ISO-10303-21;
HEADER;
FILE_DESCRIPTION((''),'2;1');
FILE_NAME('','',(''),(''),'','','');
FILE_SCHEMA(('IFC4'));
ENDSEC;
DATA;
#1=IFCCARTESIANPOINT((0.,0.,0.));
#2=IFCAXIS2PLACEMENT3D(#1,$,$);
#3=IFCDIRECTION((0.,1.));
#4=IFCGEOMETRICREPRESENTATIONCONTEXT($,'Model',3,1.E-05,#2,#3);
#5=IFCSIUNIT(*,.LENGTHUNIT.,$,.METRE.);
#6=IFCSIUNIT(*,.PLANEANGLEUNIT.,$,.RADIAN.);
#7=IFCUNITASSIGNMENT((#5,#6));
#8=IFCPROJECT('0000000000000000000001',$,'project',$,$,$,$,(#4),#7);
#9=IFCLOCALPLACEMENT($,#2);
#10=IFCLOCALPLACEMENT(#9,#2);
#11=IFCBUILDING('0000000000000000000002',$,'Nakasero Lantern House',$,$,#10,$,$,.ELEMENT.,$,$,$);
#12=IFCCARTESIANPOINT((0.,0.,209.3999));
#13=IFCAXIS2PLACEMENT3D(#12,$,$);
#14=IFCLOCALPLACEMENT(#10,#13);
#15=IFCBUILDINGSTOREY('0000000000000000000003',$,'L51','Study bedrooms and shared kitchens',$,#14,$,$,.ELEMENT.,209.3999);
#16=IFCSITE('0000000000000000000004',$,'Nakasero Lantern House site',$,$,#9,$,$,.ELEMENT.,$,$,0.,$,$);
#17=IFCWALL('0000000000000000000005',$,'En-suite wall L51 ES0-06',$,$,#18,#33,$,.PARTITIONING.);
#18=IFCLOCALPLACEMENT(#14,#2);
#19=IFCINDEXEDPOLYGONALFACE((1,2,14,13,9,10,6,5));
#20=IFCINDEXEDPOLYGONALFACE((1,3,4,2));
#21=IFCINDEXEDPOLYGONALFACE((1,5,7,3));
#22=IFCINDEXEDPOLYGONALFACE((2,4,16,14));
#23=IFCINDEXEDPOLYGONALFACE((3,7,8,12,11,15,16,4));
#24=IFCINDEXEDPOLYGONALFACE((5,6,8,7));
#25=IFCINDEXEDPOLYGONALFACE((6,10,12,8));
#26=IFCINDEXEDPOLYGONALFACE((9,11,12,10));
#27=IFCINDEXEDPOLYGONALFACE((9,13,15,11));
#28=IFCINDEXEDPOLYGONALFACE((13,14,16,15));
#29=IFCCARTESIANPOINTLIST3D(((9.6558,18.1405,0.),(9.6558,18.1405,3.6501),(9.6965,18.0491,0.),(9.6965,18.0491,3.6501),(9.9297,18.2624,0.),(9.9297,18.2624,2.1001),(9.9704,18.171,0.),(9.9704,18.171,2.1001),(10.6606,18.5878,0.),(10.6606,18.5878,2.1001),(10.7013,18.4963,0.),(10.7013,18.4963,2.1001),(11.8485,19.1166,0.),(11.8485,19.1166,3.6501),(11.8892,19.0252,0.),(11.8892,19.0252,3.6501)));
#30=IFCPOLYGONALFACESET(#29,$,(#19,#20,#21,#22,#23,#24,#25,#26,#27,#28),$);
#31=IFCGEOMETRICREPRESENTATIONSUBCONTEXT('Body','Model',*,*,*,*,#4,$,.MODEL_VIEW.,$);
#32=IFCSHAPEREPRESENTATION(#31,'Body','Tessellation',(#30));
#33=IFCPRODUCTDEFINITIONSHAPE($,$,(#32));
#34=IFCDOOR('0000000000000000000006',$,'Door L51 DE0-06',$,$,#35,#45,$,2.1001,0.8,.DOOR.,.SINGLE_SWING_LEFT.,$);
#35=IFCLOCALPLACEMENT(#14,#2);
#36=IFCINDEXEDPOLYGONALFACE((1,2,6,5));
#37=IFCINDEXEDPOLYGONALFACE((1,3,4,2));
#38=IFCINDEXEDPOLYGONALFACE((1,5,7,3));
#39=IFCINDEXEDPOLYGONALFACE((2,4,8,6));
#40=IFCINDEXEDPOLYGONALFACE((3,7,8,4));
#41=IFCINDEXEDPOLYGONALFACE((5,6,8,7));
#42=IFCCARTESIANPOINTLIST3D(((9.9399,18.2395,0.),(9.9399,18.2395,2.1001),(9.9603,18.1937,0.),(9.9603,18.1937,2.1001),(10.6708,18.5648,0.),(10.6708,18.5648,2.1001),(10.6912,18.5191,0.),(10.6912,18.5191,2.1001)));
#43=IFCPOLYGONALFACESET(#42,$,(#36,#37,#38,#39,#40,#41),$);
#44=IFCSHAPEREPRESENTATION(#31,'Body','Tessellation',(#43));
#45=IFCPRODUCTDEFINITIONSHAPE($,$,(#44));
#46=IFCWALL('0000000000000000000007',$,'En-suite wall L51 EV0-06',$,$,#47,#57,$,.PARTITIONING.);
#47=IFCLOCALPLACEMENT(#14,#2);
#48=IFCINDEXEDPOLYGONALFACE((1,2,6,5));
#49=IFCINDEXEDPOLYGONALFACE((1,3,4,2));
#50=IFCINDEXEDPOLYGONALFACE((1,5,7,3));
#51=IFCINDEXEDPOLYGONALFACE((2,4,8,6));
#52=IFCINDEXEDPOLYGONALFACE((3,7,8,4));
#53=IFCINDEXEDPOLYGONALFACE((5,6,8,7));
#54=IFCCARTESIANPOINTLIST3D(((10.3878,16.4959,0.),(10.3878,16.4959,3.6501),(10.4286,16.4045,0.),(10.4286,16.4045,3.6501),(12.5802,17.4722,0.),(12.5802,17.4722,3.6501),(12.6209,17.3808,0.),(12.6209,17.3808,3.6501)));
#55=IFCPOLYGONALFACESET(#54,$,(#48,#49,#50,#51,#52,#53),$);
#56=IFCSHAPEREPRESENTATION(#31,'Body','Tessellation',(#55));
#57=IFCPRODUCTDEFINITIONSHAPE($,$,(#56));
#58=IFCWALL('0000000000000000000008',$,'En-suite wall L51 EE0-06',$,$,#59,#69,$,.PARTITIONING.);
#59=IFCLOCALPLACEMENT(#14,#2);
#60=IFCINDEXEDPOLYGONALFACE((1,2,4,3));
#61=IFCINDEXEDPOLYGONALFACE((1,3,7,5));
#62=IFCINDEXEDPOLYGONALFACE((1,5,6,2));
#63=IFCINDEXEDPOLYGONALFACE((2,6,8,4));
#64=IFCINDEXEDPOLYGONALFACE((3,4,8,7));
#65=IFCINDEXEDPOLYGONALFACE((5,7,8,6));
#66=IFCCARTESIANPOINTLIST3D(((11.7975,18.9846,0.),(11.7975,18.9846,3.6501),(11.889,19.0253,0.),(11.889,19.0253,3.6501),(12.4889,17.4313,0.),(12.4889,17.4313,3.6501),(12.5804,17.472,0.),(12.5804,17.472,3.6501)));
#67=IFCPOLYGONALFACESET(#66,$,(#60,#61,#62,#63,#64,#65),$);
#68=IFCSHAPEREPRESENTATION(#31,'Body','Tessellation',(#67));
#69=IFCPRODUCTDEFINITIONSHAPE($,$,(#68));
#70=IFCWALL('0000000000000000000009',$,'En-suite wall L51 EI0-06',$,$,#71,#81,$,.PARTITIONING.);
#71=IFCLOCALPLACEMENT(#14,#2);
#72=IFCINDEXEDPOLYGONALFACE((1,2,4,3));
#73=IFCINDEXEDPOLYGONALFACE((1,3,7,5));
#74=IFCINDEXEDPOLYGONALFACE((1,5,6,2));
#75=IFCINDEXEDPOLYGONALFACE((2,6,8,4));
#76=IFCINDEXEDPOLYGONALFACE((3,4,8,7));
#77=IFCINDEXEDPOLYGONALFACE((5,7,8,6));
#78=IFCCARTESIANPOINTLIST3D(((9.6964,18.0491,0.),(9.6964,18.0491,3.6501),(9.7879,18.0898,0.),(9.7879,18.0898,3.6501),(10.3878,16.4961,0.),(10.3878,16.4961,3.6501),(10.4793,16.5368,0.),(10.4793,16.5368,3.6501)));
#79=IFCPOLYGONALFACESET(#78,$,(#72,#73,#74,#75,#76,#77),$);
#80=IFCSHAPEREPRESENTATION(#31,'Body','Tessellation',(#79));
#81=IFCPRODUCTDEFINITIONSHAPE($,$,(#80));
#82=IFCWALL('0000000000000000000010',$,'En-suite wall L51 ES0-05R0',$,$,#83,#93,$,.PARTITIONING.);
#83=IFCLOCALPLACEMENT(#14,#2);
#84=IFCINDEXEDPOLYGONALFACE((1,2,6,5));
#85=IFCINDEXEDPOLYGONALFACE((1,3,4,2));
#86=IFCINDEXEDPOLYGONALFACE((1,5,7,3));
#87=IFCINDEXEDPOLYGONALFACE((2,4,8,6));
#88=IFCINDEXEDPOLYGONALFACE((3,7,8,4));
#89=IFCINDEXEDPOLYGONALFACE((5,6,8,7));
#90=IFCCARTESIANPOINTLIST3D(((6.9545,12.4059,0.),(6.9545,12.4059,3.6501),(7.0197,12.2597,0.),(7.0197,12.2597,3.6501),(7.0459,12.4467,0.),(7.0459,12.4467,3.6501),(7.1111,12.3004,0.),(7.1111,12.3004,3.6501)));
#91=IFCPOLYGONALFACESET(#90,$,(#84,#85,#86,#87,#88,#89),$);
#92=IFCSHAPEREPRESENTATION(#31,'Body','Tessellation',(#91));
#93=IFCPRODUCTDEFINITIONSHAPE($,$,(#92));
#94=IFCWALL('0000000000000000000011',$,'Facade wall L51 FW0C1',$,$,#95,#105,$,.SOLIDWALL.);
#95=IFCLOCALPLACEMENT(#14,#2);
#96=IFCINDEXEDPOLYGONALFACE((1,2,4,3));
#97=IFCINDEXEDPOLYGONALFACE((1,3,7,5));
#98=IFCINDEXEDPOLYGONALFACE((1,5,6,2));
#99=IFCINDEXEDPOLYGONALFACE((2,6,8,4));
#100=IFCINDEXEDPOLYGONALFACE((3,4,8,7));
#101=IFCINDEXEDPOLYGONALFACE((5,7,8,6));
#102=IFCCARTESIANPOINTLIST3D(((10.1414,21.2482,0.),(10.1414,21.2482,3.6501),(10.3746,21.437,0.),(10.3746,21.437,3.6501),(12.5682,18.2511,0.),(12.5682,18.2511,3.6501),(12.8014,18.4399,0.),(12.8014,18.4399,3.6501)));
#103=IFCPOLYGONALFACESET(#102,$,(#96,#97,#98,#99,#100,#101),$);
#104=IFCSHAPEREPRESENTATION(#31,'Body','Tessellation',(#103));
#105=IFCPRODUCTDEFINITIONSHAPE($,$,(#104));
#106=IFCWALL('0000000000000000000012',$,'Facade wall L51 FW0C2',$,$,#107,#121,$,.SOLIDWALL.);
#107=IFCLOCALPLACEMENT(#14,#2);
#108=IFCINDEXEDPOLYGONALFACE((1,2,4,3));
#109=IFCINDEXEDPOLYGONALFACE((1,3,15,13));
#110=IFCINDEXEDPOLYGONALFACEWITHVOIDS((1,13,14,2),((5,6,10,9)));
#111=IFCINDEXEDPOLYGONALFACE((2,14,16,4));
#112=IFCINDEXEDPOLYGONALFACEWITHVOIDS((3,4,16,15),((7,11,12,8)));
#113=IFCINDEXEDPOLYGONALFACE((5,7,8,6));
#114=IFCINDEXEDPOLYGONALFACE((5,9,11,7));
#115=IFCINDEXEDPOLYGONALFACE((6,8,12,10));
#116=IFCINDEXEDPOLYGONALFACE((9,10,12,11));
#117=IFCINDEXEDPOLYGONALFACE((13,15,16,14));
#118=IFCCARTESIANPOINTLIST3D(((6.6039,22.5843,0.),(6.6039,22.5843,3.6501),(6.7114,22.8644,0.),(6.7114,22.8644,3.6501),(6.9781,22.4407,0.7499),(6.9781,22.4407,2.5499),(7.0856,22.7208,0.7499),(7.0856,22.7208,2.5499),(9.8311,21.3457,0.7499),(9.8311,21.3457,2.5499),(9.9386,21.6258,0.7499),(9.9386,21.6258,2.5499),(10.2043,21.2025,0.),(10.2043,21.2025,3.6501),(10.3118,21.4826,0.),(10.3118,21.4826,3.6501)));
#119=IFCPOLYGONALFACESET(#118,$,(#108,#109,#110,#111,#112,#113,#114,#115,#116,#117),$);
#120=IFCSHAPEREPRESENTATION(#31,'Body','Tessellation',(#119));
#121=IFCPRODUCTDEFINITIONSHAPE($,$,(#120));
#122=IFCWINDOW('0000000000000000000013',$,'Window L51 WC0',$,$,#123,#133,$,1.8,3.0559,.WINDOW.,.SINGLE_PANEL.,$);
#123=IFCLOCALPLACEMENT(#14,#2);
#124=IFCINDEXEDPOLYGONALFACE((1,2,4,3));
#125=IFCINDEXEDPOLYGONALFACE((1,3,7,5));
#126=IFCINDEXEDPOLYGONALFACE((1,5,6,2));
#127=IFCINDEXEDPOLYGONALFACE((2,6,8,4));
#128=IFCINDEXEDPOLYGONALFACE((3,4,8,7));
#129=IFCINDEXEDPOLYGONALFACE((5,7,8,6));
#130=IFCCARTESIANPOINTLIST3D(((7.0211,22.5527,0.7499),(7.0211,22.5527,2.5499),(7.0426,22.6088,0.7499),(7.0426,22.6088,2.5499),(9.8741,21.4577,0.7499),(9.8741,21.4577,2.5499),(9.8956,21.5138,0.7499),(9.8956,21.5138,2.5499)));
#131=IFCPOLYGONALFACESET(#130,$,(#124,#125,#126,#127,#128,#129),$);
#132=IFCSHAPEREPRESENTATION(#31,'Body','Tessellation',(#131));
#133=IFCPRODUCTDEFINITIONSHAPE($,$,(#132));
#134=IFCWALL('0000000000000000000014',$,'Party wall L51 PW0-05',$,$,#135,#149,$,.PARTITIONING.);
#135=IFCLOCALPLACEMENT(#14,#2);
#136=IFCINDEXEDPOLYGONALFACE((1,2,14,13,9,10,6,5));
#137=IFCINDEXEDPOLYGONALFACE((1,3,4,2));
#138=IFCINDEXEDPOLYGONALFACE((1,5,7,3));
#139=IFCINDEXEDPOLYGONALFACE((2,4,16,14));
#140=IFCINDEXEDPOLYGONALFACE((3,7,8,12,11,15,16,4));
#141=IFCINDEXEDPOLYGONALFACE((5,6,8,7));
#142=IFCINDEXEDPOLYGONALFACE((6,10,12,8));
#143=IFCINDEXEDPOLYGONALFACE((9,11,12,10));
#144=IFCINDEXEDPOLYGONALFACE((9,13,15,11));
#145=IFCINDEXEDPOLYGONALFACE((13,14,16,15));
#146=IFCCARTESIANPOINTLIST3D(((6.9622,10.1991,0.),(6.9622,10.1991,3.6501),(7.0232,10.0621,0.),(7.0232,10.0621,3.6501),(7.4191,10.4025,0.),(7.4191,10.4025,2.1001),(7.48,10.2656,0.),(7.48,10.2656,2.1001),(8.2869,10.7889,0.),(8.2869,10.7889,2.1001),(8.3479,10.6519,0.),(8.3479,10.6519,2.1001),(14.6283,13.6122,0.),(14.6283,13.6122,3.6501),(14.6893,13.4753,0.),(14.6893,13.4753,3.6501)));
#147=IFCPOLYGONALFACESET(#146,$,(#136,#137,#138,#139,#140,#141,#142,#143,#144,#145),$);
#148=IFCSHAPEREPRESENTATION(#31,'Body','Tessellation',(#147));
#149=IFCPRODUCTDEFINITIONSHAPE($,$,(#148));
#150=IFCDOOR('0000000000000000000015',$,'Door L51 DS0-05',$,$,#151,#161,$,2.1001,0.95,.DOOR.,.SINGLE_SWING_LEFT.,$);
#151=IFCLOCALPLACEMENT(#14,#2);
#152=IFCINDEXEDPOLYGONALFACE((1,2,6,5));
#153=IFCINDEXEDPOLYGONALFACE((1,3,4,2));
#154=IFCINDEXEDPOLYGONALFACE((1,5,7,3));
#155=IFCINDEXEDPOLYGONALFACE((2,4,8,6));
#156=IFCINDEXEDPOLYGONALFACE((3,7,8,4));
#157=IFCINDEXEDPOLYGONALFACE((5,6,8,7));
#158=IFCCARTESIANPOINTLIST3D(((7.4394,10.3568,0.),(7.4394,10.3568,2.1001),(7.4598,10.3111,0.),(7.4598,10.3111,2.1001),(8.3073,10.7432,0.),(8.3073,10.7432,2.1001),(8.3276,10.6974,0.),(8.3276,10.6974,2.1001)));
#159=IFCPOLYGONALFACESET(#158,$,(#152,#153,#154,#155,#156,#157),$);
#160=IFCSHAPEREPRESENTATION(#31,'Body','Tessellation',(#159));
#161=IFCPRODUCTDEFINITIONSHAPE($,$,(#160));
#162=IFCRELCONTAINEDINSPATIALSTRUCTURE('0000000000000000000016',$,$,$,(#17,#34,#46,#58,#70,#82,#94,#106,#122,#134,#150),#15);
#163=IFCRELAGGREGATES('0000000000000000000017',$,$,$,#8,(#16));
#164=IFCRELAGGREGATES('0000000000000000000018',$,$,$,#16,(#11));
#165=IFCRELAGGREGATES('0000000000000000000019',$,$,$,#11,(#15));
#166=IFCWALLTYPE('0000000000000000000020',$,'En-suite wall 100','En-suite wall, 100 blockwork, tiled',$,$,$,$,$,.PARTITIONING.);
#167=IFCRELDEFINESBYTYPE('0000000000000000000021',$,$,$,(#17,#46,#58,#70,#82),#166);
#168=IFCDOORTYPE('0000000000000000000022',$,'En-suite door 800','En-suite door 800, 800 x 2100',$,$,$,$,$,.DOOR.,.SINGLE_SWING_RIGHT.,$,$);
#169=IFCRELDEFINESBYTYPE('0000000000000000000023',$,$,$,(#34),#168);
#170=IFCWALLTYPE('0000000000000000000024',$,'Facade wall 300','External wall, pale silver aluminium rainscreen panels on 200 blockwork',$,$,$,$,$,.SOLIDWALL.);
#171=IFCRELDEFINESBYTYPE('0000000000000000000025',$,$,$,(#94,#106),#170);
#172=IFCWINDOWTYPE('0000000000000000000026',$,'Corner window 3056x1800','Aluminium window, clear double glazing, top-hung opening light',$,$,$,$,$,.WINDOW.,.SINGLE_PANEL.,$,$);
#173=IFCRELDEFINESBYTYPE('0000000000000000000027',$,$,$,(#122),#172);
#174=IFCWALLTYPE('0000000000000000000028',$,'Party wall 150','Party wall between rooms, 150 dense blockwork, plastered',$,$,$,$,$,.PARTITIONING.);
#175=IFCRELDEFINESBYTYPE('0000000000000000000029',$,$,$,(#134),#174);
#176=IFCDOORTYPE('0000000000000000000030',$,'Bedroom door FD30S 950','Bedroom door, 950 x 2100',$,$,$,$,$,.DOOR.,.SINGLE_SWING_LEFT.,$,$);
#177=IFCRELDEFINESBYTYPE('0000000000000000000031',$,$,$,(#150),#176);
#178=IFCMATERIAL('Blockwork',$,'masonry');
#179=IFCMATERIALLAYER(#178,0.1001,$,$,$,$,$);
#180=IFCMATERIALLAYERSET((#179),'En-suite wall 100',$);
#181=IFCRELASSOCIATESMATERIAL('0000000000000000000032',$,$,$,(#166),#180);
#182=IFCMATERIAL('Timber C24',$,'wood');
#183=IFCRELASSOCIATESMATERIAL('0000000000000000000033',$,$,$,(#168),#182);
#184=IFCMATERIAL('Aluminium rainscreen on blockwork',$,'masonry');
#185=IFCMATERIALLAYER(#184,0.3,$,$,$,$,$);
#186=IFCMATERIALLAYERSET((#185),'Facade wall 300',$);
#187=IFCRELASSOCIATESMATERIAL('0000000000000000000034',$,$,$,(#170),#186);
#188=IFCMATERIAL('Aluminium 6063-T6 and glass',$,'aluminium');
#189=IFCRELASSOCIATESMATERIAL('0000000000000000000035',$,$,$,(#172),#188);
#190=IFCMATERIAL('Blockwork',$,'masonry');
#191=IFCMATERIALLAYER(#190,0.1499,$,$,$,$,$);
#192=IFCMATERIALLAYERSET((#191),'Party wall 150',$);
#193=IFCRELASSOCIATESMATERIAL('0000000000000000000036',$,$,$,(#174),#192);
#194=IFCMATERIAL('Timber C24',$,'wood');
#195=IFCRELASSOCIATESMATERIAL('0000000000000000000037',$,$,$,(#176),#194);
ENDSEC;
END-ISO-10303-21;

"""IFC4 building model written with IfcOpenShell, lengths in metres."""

from ifc_helpers import new_model, si_unit, direction, frame, frame_2d, origin, place, context, subcontext, project, spatial, rectangle, extrude, material, layer, layer_set, type_object, element, fill, save


model = new_model("IFC4")

# Units and contexts
model_context = context("Model", 3, precision=1e-05, world=origin(), true_north=direction((0.0, 1.0)))
body_context = subcontext(model_context, "Body", "Model", "MODEL_VIEW")
ifc_project = project(units=[si_unit("LENGTHUNIT", "METRE"), si_unit("PLANEANGLEUNIT", "RADIAN")], contexts=[model_context])

# Site, building, storey
site_placement = place(None, origin())
site = spatial("IfcSite", under=ifc_project, at=site_placement, Name="Nakasero Lantern House site", CompositionType="ELEMENT", RefElevation=0.0)
building_placement = place(site_placement, origin())
building = spatial("IfcBuilding", under=site, at=building_placement, Name="Nakasero Lantern House", CompositionType="ELEMENT")
storey_placement = place(building_placement, frame((0.0, 0.0, 209.3999)))
storey = spatial("IfcBuildingStorey", under=building, at=storey_placement, Name="L51", Description="Study bedrooms and shared kitchens", CompositionType="ELEMENT", Elevation=209.3999)

# Shared definitions
ifc_material_1 = material(Name="Blockwork", Category="masonry")
ifc_layer_1 = layer(ifc_material_1, 0.1001)
ifc_layer_set_1 = layer_set([ifc_layer_1], Name="En-suite wall 100")
wall_type_1 = type_object("IfcWallType", Name="En-suite wall 100", Description="En-suite wall, 100 blockwork, tiled", PredefinedType="PARTITIONING", material=ifc_layer_set_1)
ifc_material_2 = material(Name="Timber C24", Category="wood")
door_type_1 = type_object("IfcDoorType", Name="En-suite door 800", Description="En-suite door 800, 800 x 2100", OperationType="SINGLE_SWING_RIGHT", PredefinedType="DOOR", material=ifc_material_2)

# Wall, opening, door
wall_1_placement = place(storey_placement, frame((9.676, 18.0947, 0.0), z_axis=(0.0, 0.0, 1.0), x_axis=(0.913568, 0.406686, 0.0)))
wall_1 = element("IfcWall", 1, at=wall_1_placement, inside=storey, type_object=wall_type_1, Name="En-suite wall L51 ES0-06", PredefinedType="PARTITIONING", context=body_context, shape_type="SweptSolid", body=[
    extrude(rectangle(XDim=2.4001, YDim=0.1001, at=frame_2d((1.2002, 0.0))), origin(), (0.0, 0.0, 1.0), 3.6501),
])
opening_1_placement = place(wall_1_placement, frame((0.3, 0.0, 0.0)))
opening_1 = element("IfcOpeningElement", 2, at=opening_1_placement, cuts=wall_1, PredefinedType="OPENING", context=body_context, shape_type="SweptSolid", body=[
    extrude(rectangle(XDim=0.8, YDim=2.1001, at=frame_2d((0.3999, 1.05))), frame((0.0, 0.0701, 0.0), z_axis=(0.0, -1.0, 0.0), x_axis=(1.0, 0.0, 0.0)), (0.0, 0.0, 1.0), 0.1401),
])
door_1_placement = place(opening_1_placement, origin())
door_1 = element("IfcDoor", 3, at=door_1_placement, inside=storey, type_object=door_type_1, Name="Door L51 DE0-06", OperationType="SINGLE_SWING_LEFT", OverallHeight=2.1001, OverallWidth=0.8, PredefinedType="DOOR", context=body_context, shape_type="SweptSolid", body=[
    extrude(rectangle(XDim=0.8, YDim=2.1001, at=frame_2d((0.3999, 1.05))), frame((0.0, 0.0249, 0.0), z_axis=(0.0, -1.0, 0.0), x_axis=(1.0, 0.0, 0.0)), (0.0, 0.0, 1.0), 0.05),
])
fill(opening_1, door_1)

# Walls
wall_2_placement = place(storey_placement, frame((10.4082, 16.4502, 0.0), z_axis=(0.0, 0.0, 1.0), x_axis=(0.913513, 0.406809, 0.0)))
element("IfcWall", 4, at=wall_2_placement, inside=storey, type_object=wall_type_1, Name="En-suite wall L51 EV0-06", PredefinedType="PARTITIONING", context=body_context, shape_type="SweptSolid", body=[
    extrude(rectangle(XDim=2.3999, YDim=0.1001, at=frame_2d((1.2, 0.0))), origin(), (0.0, 0.0, 1.0), 3.6501),
])
wall_3_placement = place(storey_placement, frame((12.5347, 17.4517, 0.0), z_axis=(0.0, 0.0, 1.0), x_axis=(-0.406671, 0.913575, 0.0)))
element("IfcWall", 5, at=wall_3_placement, inside=storey, type_object=wall_type_1, Name="En-suite wall L51 EE0-06", PredefinedType="PARTITIONING", context=body_context, shape_type="SweptSolid", body=[
    extrude(rectangle(XDim=1.7002, YDim=0.1001, at=frame_2d((0.8501, 0.0))), origin(), (0.0, 0.0, 1.0), 3.6501),
])
wall_4_placement = place(storey_placement, frame((10.4336, 16.5164, 0.0), z_axis=(0.0, 0.0, 1.0), x_axis=(-0.406725, 0.913551, 0.0)))
element("IfcWall", 6, at=wall_4_placement, inside=storey, type_object=wall_type_1, Name="En-suite wall L51 EI0-06", PredefinedType="PARTITIONING", context=body_context, shape_type="SweptSolid", body=[
    extrude(rectangle(XDim=1.7, YDim=0.1001, at=frame_2d((0.8501, 0.0))), origin(), (0.0, 0.0, 1.0), 3.6501),
])
wall_5_placement = place(storey_placement, frame((7.0654, 12.28, 0.0), z_axis=(0.0, 0.0, 1.0), x_axis=(-0.407129, 0.913371, 0.0)))
element("IfcWall", 7, at=wall_5_placement, inside=storey, type_object=wall_type_1, Name="En-suite wall L51 ES0-05R0", PredefinedType="PARTITIONING", context=body_context, shape_type="SweptSolid", body=[
    extrude(rectangle(XDim=0.1602, YDim=0.1001, at=frame_2d((0.0801, 0.0))), origin(), (0.0, 0.0, 1.0), 3.6501),
])
ifc_material_3 = material(Name="Aluminium rainscreen on blockwork", Category="masonry")
ifc_layer_2 = layer(ifc_material_3, 0.3)
ifc_layer_set_2 = layer_set([ifc_layer_2], Name="Facade wall 300")
wall_type_2 = type_object("IfcWallType", Name="Facade wall 300", Description="External wall, pale silver aluminium rainscreen panels on 200 blockwork", PredefinedType="SOLIDWALL", material=ifc_layer_set_2)
wall_6_placement = place(storey_placement, frame((12.6848, 18.3455, 0.0), z_axis=(0.0, 0.0, 1.0), x_axis=(-0.629286, 0.777174, 0.0)))
element("IfcWall", 8, at=wall_6_placement, inside=storey, type_object=wall_type_2, Name="Facade wall L51 FW0C1", PredefinedType="SOLIDWALL", context=body_context, shape_type="SweptSolid", body=[
    extrude(rectangle(XDim=3.8564, YDim=0.3, at=frame_2d((1.9282, 0.0))), origin(), (0.0, 0.0, 1.0), 3.6501),
])

# Wall, opening, window
wall_7_placement = place(storey_placement, frame((10.2581, 21.3425, 0.0), z_axis=(0.0, 0.0, 1.0), x_axis=(-0.933598, 0.358321, 0.0)))
wall_7 = element("IfcWall", 9, at=wall_7_placement, inside=storey, type_object=wall_type_2, Name="Facade wall L51 FW0C2", PredefinedType="SOLIDWALL", context=body_context, shape_type="SweptSolid", body=[
    extrude(rectangle(XDim=3.8564, YDim=0.3, at=frame_2d((1.9282, 0.0))), origin(), (0.0, 0.0, 1.0), 3.6501),
])
opening_2_placement = place(wall_7_placement, frame((0.3999, 0.0, 0.75)))
opening_2 = element("IfcOpeningElement", 10, at=opening_2_placement, cuts=wall_7, PredefinedType="OPENING", context=body_context, shape_type="SweptSolid", body=[
    extrude(rectangle(XDim=3.0559, YDim=1.8, at=frame_2d((1.5278, 0.8999))), frame((0.0, 0.1699, 0.0), z_axis=(0.0, -1.0, 0.0), x_axis=(1.0, 0.0, 0.0)), (0.0, 0.0, 1.0), 0.3401),
])
ifc_material_4 = material(Name="Aluminium 6063-T6 and glass", Category="aluminium")
window_type = type_object("IfcWindowType", Name="Corner window 3056x1800", Description="Aluminium window, clear double glazing, top-hung opening light", PartitioningType="SINGLE_PANEL", PredefinedType="WINDOW", material=ifc_material_4)
window_placement = place(opening_2_placement, origin())
window = element("IfcWindow", 11, at=window_placement, inside=storey, type_object=window_type, Name="Window L51 WC0", OverallHeight=1.8, OverallWidth=3.0559, PartitioningType="SINGLE_PANEL", PredefinedType="WINDOW", context=body_context, shape_type="SweptSolid", body=[
    extrude(rectangle(XDim=3.0559, YDim=1.8, at=frame_2d((1.5278, 0.8999))), frame((0.0, 0.03, 0.0), z_axis=(0.0, -1.0, 0.0), x_axis=(1.0, 0.0, 0.0)), (0.0, 0.0, 1.0), 0.0601),
])
fill(opening_2, window)

# Wall, opening, door
ifc_material_5 = material(Name="Blockwork", Category="masonry")
ifc_layer_3 = layer(ifc_material_5, 0.1499)
ifc_layer_set_3 = layer_set([ifc_layer_3], Name="Party wall 150")
wall_type_3 = type_object("IfcWallType", Name="Party wall 150", Description="Party wall between rooms, 150 dense blockwork, plastered", PredefinedType="PARTITIONING", material=ifc_layer_set_3)
wall_8_placement = place(storey_placement, frame((6.9927, 10.1306, 0.0), z_axis=(0.0, 0.0, 1.0), x_axis=(0.913547, 0.406732, 0.0)))
wall_8 = element("IfcWall", 12, at=wall_8_placement, inside=storey, type_object=wall_type_3, Name="Party wall L51 PW0-05", PredefinedType="PARTITIONING", context=body_context, shape_type="SweptSolid", body=[
    extrude(rectangle(XDim=8.3916, YDim=0.1499, at=frame_2d((4.1958, 0.0))), origin(), (0.0, 0.0, 1.0), 3.6501),
])
opening_3_placement = place(wall_8_placement, frame((0.5, 0.0, 0.0)))
opening_3 = element("IfcOpeningElement", 13, at=opening_3_placement, cuts=wall_8, PredefinedType="OPENING", context=body_context, shape_type="SweptSolid", body=[
    extrude(rectangle(XDim=0.95, YDim=2.1001, at=frame_2d((0.4751, 1.05))), frame((0.0, 0.095, 0.0), z_axis=(0.0, -1.0, 0.0), x_axis=(1.0, 0.0, 0.0)), (0.0, 0.0, 1.0), 0.1899),
])
ifc_material_6 = material(Name="Timber C24", Category="wood")
door_type_2 = type_object("IfcDoorType", Name="Bedroom door FD30S 950", Description="Bedroom door, 950 x 2100", OperationType="SINGLE_SWING_LEFT", PredefinedType="DOOR", material=ifc_material_6)
door_2_placement = place(opening_3_placement, origin())
door_2 = element("IfcDoor", 14, at=door_2_placement, inside=storey, type_object=door_type_2, Name="Door L51 DS0-05", OperationType="SINGLE_SWING_LEFT", OverallHeight=2.1001, OverallWidth=0.95, PredefinedType="DOOR", context=body_context, shape_type="SweptSolid", body=[
    extrude(rectangle(XDim=0.95, YDim=2.1001, at=frame_2d((0.4751, 1.05))), frame((0.0, 0.0249, 0.0), z_axis=(0.0, -1.0, 0.0), x_axis=(1.0, 0.0, 0.0)), (0.0, 0.0, 1.0), 0.05),
])
fill(opening_3, door_2)

save(model, "model.ifc")
